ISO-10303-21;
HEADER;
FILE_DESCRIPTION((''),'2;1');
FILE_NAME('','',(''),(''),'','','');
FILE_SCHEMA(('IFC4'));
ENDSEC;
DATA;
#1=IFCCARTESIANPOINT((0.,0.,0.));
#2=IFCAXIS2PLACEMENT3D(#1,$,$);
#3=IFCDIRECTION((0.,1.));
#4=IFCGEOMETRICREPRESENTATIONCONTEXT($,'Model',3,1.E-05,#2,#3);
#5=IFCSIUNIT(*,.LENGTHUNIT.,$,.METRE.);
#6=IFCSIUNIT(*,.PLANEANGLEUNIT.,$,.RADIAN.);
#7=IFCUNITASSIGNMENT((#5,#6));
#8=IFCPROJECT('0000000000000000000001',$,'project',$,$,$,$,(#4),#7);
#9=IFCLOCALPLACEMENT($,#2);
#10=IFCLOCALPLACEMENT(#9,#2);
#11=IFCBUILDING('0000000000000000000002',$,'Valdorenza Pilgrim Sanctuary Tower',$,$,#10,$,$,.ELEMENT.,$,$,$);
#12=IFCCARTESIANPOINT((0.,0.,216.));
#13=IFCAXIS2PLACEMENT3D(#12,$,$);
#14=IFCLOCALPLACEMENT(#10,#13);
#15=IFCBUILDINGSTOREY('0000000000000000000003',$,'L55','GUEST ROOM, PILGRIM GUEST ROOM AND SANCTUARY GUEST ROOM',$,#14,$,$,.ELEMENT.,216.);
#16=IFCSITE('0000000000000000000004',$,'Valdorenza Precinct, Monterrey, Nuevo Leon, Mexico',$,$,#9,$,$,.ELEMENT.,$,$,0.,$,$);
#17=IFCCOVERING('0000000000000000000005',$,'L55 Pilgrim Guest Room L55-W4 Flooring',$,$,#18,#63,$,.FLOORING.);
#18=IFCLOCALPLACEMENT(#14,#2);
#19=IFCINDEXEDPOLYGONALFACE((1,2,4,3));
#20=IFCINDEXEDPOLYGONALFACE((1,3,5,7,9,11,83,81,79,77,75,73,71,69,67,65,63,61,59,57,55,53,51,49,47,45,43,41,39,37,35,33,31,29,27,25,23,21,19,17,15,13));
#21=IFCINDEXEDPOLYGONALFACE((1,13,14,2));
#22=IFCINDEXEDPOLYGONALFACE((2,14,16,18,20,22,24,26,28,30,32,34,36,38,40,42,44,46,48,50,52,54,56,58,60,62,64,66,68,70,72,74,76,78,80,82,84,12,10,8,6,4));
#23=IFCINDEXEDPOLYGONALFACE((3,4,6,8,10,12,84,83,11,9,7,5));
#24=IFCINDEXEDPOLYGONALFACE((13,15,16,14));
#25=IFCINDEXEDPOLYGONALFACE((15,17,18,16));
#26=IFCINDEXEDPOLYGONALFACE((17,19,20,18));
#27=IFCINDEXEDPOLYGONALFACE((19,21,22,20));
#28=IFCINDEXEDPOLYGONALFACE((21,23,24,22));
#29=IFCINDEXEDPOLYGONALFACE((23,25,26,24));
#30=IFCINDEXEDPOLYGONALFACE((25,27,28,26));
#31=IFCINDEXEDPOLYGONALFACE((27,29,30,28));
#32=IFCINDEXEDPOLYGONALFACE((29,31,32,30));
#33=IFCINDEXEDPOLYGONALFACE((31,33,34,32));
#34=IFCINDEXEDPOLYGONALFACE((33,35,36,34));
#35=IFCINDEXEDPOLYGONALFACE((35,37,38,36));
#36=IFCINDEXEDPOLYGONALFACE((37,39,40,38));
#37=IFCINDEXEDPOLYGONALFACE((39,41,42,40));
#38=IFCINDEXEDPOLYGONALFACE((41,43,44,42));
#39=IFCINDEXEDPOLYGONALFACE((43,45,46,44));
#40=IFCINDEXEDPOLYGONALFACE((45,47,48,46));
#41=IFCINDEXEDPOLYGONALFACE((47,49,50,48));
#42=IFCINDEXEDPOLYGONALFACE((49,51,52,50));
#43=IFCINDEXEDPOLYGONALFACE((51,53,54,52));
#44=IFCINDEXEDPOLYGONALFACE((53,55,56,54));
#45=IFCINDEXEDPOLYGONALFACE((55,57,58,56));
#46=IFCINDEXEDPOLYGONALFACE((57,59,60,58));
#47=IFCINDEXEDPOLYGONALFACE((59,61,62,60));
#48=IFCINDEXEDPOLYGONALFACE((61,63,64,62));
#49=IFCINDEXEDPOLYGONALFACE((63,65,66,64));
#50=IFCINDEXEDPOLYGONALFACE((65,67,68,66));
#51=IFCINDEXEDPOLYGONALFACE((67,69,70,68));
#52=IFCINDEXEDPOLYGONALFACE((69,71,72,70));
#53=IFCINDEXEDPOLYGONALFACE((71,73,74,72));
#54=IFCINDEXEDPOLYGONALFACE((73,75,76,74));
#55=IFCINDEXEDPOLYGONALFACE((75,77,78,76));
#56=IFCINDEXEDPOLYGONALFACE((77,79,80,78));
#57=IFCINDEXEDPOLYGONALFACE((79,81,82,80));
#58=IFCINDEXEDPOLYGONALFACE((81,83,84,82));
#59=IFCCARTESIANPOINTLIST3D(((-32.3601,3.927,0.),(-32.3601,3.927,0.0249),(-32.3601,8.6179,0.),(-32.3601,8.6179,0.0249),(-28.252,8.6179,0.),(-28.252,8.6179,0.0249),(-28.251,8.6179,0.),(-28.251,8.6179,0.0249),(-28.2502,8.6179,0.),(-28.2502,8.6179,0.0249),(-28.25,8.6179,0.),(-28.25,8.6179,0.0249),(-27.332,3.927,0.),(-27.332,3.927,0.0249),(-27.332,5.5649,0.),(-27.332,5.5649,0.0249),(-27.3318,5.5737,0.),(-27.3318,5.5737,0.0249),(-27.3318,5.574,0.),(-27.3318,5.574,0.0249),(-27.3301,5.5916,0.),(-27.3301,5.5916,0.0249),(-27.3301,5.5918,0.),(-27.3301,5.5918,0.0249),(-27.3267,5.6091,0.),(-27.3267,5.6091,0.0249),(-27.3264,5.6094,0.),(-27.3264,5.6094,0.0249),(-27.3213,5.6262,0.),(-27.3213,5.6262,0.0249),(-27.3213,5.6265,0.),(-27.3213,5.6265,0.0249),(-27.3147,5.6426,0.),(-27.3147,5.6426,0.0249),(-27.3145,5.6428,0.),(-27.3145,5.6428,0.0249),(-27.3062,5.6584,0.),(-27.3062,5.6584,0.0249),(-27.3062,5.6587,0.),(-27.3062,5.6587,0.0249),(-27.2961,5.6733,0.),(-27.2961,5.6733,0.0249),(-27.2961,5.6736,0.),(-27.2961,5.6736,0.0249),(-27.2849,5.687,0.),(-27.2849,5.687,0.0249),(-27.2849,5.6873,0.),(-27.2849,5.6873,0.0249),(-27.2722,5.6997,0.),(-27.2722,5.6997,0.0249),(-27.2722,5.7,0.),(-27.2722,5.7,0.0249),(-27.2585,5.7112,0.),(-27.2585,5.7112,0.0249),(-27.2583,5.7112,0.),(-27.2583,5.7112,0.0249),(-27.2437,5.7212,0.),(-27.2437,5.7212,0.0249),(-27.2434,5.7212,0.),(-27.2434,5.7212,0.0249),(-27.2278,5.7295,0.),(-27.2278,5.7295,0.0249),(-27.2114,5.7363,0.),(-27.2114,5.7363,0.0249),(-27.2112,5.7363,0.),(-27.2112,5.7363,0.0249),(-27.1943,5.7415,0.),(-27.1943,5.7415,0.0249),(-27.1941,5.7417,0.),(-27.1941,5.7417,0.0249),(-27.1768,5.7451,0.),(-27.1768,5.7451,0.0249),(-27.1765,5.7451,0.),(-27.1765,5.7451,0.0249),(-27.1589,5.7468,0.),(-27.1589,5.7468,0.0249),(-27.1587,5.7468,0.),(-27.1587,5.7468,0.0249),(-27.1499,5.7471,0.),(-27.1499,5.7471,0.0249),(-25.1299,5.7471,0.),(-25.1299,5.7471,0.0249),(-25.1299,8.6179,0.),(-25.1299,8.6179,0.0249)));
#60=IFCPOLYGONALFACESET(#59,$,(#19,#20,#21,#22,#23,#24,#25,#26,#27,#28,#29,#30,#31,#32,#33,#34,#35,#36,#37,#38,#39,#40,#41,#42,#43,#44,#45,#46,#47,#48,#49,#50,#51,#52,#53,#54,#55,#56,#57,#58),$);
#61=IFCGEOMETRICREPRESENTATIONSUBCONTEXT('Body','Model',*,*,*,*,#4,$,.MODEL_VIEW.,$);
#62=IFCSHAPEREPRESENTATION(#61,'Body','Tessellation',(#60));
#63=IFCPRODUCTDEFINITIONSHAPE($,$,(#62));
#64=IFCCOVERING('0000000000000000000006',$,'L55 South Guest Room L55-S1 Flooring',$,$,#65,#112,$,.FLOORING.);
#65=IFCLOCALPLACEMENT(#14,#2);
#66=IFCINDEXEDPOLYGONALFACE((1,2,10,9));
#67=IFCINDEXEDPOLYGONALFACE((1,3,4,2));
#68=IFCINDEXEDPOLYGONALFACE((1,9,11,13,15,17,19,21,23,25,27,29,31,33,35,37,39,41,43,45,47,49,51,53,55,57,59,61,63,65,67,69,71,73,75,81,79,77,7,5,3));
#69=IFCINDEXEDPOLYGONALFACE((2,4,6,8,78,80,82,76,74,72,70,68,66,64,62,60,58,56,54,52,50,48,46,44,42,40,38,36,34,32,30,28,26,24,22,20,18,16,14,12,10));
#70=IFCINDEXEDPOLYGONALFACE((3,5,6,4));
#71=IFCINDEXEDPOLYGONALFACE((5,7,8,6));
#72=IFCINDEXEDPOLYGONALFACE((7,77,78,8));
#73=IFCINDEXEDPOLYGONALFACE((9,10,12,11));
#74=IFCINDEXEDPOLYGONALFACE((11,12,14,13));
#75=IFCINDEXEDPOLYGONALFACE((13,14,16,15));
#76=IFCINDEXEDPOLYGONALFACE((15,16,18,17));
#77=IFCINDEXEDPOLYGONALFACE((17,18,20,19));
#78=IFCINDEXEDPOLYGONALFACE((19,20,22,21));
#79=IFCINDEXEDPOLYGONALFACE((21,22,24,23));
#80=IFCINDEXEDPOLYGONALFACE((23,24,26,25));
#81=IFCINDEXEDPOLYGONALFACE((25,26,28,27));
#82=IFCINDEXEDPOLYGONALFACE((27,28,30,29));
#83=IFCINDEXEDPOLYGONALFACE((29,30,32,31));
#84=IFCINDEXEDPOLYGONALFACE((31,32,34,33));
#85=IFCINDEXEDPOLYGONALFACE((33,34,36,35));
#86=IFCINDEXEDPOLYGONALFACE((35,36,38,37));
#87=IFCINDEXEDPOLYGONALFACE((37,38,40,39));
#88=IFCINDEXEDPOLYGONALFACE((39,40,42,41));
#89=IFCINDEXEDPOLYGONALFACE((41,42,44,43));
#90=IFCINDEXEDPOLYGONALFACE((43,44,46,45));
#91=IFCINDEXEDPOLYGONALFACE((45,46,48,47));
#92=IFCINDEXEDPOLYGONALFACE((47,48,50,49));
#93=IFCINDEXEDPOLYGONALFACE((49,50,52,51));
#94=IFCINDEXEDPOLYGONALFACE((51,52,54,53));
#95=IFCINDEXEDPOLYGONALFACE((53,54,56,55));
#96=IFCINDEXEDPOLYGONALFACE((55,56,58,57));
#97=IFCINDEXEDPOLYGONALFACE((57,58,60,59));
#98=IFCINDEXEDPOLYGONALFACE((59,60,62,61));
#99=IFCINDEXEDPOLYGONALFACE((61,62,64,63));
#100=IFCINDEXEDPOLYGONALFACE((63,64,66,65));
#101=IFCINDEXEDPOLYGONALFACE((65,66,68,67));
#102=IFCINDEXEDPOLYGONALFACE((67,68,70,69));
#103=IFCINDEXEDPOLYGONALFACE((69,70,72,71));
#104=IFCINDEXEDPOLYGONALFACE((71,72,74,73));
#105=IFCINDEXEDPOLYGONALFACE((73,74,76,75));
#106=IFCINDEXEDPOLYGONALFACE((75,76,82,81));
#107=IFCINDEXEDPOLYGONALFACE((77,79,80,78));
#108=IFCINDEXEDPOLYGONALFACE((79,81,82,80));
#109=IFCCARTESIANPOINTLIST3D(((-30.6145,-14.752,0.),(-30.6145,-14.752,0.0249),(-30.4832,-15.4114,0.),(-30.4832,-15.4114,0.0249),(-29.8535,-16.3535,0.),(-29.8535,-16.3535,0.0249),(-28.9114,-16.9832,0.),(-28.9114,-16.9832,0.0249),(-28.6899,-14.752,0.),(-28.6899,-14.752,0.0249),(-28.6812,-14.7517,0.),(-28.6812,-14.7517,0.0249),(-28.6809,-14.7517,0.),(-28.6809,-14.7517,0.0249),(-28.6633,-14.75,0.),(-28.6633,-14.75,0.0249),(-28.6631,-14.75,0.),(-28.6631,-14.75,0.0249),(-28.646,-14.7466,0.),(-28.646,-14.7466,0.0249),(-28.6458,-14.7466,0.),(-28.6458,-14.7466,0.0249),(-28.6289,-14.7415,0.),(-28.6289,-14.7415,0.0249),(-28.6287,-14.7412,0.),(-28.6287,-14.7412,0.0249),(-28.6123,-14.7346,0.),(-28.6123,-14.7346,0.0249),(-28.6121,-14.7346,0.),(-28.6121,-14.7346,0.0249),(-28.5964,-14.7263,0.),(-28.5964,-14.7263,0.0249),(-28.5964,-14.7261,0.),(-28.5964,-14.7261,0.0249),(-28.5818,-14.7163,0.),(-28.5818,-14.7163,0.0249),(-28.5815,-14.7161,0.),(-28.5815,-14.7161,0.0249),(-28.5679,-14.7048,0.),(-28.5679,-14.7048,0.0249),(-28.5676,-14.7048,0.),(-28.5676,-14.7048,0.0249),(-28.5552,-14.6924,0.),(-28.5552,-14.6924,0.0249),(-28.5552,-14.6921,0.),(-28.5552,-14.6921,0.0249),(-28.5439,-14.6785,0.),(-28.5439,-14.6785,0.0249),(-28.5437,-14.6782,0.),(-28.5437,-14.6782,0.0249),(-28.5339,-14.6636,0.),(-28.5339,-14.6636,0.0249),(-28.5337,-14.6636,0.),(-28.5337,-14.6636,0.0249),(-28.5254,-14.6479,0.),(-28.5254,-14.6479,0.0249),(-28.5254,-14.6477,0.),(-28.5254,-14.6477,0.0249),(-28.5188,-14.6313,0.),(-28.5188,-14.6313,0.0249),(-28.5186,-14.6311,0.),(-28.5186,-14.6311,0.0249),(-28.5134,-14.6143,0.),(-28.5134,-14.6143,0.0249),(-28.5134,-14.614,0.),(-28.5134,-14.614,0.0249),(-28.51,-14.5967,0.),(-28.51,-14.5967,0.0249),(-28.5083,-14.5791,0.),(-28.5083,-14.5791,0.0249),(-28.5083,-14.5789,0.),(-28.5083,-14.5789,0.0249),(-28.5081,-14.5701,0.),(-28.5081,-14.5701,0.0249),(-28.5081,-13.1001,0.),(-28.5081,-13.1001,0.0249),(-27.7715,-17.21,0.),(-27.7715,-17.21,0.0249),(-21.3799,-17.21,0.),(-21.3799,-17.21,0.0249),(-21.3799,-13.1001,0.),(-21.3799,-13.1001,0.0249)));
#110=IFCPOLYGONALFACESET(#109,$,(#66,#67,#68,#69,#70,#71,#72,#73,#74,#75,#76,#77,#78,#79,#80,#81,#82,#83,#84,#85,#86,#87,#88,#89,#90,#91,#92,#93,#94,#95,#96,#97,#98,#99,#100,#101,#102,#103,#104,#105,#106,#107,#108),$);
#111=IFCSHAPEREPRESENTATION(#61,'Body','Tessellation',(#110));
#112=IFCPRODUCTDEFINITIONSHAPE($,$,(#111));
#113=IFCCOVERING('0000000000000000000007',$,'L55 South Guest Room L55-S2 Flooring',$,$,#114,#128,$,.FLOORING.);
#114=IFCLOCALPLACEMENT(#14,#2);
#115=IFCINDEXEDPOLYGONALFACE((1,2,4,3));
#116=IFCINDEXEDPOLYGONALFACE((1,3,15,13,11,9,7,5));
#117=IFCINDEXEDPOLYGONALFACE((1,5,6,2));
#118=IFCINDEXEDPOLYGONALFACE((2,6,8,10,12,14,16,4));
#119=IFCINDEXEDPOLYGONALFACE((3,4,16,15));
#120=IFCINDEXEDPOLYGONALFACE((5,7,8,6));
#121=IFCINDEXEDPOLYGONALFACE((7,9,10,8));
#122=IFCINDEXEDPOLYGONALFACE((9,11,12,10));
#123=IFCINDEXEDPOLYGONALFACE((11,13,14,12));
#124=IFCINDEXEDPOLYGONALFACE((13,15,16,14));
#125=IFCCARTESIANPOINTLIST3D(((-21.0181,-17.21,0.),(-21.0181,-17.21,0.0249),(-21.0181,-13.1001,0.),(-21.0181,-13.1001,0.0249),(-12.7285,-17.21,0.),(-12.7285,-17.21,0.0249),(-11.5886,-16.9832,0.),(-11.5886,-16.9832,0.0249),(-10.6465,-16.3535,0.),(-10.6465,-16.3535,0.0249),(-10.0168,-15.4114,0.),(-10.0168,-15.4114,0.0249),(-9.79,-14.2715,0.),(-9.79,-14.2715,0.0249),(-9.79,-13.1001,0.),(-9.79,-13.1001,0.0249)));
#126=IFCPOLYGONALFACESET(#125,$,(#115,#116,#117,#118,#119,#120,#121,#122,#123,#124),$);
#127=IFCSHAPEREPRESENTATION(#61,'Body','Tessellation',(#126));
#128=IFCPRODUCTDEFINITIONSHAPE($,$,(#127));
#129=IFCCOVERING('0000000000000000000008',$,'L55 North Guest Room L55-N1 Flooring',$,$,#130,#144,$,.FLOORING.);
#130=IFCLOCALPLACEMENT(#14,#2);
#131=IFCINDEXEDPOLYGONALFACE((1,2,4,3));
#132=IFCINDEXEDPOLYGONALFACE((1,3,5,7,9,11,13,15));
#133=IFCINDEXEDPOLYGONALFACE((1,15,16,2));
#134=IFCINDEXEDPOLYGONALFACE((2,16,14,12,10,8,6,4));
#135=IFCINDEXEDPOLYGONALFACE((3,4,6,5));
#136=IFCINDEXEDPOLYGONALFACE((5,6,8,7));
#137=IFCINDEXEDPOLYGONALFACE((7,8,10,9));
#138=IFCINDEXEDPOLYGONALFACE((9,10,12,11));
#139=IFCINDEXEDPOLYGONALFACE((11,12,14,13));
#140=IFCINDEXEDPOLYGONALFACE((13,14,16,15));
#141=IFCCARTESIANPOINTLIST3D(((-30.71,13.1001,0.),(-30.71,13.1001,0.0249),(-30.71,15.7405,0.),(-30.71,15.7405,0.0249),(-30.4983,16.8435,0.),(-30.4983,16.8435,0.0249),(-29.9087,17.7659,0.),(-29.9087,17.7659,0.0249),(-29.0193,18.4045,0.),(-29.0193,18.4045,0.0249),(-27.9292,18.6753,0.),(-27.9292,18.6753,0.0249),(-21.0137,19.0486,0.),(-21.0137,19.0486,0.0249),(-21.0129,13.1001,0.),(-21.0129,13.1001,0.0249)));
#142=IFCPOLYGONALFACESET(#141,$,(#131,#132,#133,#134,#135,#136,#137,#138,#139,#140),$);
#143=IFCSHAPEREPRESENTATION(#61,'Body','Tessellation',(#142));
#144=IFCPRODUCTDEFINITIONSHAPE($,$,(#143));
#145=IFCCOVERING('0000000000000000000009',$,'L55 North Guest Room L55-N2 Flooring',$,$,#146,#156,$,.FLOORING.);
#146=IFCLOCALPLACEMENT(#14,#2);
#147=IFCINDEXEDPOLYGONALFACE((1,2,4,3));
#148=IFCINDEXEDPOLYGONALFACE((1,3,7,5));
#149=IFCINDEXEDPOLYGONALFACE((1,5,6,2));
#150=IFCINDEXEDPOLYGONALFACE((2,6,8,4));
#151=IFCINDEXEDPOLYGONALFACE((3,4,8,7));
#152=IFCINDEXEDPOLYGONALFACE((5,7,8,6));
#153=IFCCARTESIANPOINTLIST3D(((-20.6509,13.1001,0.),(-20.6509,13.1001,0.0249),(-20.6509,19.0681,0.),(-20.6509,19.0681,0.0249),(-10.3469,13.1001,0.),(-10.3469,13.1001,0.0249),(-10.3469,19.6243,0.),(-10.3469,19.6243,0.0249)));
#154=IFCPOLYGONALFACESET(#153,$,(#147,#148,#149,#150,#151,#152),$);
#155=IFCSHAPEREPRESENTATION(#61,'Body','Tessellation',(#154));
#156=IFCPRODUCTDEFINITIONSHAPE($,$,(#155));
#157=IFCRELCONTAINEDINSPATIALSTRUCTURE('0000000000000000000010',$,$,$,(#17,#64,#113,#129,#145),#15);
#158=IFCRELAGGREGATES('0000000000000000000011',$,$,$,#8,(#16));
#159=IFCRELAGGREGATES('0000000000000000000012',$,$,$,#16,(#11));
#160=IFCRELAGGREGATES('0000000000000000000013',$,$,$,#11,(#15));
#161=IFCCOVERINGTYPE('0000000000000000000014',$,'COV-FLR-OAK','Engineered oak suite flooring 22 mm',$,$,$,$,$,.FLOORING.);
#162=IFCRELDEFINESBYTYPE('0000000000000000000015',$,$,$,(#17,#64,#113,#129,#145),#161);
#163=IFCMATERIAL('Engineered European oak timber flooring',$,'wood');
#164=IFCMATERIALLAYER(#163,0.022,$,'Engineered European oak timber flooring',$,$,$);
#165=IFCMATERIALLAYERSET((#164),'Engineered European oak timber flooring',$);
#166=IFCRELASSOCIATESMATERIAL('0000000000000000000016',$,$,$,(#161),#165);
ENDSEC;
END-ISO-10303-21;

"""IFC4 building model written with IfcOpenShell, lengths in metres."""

from ifc_helpers import new_model, si_unit, direction, frame, origin, place, context, subcontext, project, spatial, polyline, outline, extrude, material, layer, layer_set, type_object, element, save


model = new_model("IFC4")

# Units and contexts
model_context = context("Model", 3, precision=1e-05, world=origin(), true_north=direction((0.0, 1.0)))
body_context = subcontext(model_context, "Body", "Model", "MODEL_VIEW")
ifc_project = project(units=[si_unit("LENGTHUNIT", "METRE"), si_unit("PLANEANGLEUNIT", "RADIAN")], contexts=[model_context])

# Site, building, storey
site_placement = place(None, origin())
site = spatial("IfcSite", under=ifc_project, at=site_placement, Name="Valdorenza Precinct, Monterrey, Nuevo Leon, Mexico", CompositionType="ELEMENT", RefElevation=0.0)
building_placement = place(site_placement, origin())
building = spatial("IfcBuilding", under=site, at=building_placement, Name="Valdorenza Pilgrim Sanctuary Tower", CompositionType="ELEMENT")
storey_placement = place(building_placement, frame((0.0, 0.0, 216.0)))
storey = spatial("IfcBuildingStorey", under=building, at=storey_placement, Name="L55", Description="GUEST ROOM, PILGRIM GUEST ROOM AND SANCTUARY GUEST ROOM", CompositionType="ELEMENT", Elevation=216.0)

# Coverings
ifc_material_1 = material(Name="Engineered European oak timber flooring", Category="wood")
ifc_layer_1 = layer(ifc_material_1, 0.022, Name="Engineered European oak timber flooring")
ifc_layer_set_1 = layer_set([ifc_layer_1], Name="Engineered European oak timber flooring")
covering_type_1 = type_object("IfcCoveringType", Name="COV-FLR-OAK", Description="Engineered oak suite flooring 22 mm", PredefinedType="FLOORING", material=ifc_layer_set_1)
covering_1_placement = place(storey_placement, origin())
element("IfcCovering", 1, at=covering_1_placement, inside=storey, type_object=covering_type_1, Name="L55 Pilgrim Guest Room L55-W4 Flooring", PredefinedType="FLOORING", context=body_context, shape_type="SweptSolid", body=[
    extrude(outline(polyline([(-28.2502, 8.6179), (-28.25, 8.6179), (-25.1299, 8.6179), (-25.1299, 5.7471), (-27.1499, 5.7471), (-27.1587, 5.7468), (-27.1589, 5.7468), (-27.1765, 5.7451), (-27.1768, 5.7451), (-27.1941, 5.7417), (-27.1943, 5.7415), (-27.2112, 5.7363), (-27.2114, 5.7363), (-27.2278, 5.7295), (-27.2278, 5.7295), (-27.2434, 5.7212), (-27.2437, 5.7212), (-27.2583, 5.7112), (-27.2585, 5.7112), (-27.2722, 5.7), (-27.2722, 5.6997), (-27.2849, 5.6873), (-27.2849, 5.687), (-27.2961, 5.6736), (-27.2961, 5.6733), (-27.3062, 5.6587), (-27.3062, 5.6584), (-27.3145, 5.6428), (-27.3147, 5.6426), (-27.3213, 5.6265), (-27.3213, 5.6262), (-27.3264, 5.6094), (-27.3267, 5.6091), (-27.3301, 5.5918), (-27.3301, 5.5916), (-27.3318, 5.574), (-27.3318, 5.5737), (-27.332, 5.5649), (-27.332, 3.927), (-32.3601, 3.927), (-32.3601, 8.6179), (-28.252, 8.6179), (-28.251, 8.6179), (-28.2502, 8.6179)])), origin(), (0.0, 0.0, 1.0), 0.0249),
])
covering_2_placement = place(storey_placement, origin())
element("IfcCovering", 2, at=covering_2_placement, inside=storey, type_object=covering_type_1, Name="L55 South Guest Room L55-S1 Flooring", PredefinedType="FLOORING", context=body_context, shape_type="SweptSolid", body=[
    extrude(outline(polyline([(-27.7715, -17.21), (-28.9114, -16.9832), (-29.8535, -16.3535), (-30.4832, -15.4114), (-30.6145, -14.752), (-28.6899, -14.752), (-28.6812, -14.7517), (-28.6809, -14.7517), (-28.6633, -14.75), (-28.6631, -14.75), (-28.646, -14.7466), (-28.6458, -14.7466), (-28.6289, -14.7415), (-28.6287, -14.7412), (-28.6123, -14.7346), (-28.6121, -14.7346), (-28.5964, -14.7263), (-28.5964, -14.7261), (-28.5818, -14.7163), (-28.5815, -14.7161), (-28.5679, -14.7048), (-28.5676, -14.7048), (-28.5552, -14.6924), (-28.5552, -14.6921), (-28.5439, -14.6785), (-28.5437, -14.6782), (-28.5339, -14.6636), (-28.5337, -14.6636), (-28.5254, -14.6479), (-28.5254, -14.6477), (-28.5188, -14.6313), (-28.5186, -14.6311), (-28.5134, -14.6143), (-28.5134, -14.614), (-28.51, -14.5967), (-28.51, -14.5967), (-28.5083, -14.5791), (-28.5083, -14.5789), (-28.5081, -14.5701), (-28.5081, -13.1001), (-21.3799, -13.1001), (-21.3799, -17.21), (-27.7715, -17.21)])), origin(), (0.0, 0.0, 1.0), 0.0249),
])
covering_3_placement = place(storey_placement, origin())
element("IfcCovering", 3, at=covering_3_placement, inside=storey, type_object=covering_type_1, Name="L55 South Guest Room L55-S2 Flooring", PredefinedType="FLOORING", context=body_context, shape_type="SweptSolid", body=[
    extrude(outline(polyline([(-9.79, -13.1001), (-9.79, -14.2715), (-10.0168, -15.4114), (-10.6465, -16.3535), (-11.5886, -16.9832), (-12.7285, -17.21), (-21.0181, -17.21), (-21.0181, -13.1001), (-9.79, -13.1001)])), origin(), (0.0, 0.0, 1.0), 0.0249),
])
covering_4_placement = place(storey_placement, origin())
element("IfcCovering", 4, at=covering_4_placement, inside=storey, type_object=covering_type_1, Name="L55 North Guest Room L55-N1 Flooring", PredefinedType="FLOORING", context=body_context, shape_type="SweptSolid", body=[
    extrude(outline(polyline([(-30.4983, 16.8435), (-29.9087, 17.7659), (-29.0193, 18.4045), (-27.9292, 18.6753), (-21.0137, 19.0486), (-21.0129, 13.1001), (-30.71, 13.1001), (-30.71, 15.7405), (-30.4983, 16.8435)])), origin(), (0.0, 0.0, 1.0), 0.0249),
])
covering_5_placement = place(storey_placement, origin())
element("IfcCovering", 5, at=covering_5_placement, inside=storey, type_object=covering_type_1, Name="L55 North Guest Room L55-N2 Flooring", PredefinedType="FLOORING", context=body_context, shape_type="SweptSolid", body=[
    extrude(outline(polyline([(-10.3469, 19.6243), (-10.3469, 13.1001), (-20.6509, 13.1001), (-20.6509, 19.0681), (-10.3469, 19.6243)])), origin(), (0.0, 0.0, 1.0), 0.0249),
])

save(model, "model.ifc")
